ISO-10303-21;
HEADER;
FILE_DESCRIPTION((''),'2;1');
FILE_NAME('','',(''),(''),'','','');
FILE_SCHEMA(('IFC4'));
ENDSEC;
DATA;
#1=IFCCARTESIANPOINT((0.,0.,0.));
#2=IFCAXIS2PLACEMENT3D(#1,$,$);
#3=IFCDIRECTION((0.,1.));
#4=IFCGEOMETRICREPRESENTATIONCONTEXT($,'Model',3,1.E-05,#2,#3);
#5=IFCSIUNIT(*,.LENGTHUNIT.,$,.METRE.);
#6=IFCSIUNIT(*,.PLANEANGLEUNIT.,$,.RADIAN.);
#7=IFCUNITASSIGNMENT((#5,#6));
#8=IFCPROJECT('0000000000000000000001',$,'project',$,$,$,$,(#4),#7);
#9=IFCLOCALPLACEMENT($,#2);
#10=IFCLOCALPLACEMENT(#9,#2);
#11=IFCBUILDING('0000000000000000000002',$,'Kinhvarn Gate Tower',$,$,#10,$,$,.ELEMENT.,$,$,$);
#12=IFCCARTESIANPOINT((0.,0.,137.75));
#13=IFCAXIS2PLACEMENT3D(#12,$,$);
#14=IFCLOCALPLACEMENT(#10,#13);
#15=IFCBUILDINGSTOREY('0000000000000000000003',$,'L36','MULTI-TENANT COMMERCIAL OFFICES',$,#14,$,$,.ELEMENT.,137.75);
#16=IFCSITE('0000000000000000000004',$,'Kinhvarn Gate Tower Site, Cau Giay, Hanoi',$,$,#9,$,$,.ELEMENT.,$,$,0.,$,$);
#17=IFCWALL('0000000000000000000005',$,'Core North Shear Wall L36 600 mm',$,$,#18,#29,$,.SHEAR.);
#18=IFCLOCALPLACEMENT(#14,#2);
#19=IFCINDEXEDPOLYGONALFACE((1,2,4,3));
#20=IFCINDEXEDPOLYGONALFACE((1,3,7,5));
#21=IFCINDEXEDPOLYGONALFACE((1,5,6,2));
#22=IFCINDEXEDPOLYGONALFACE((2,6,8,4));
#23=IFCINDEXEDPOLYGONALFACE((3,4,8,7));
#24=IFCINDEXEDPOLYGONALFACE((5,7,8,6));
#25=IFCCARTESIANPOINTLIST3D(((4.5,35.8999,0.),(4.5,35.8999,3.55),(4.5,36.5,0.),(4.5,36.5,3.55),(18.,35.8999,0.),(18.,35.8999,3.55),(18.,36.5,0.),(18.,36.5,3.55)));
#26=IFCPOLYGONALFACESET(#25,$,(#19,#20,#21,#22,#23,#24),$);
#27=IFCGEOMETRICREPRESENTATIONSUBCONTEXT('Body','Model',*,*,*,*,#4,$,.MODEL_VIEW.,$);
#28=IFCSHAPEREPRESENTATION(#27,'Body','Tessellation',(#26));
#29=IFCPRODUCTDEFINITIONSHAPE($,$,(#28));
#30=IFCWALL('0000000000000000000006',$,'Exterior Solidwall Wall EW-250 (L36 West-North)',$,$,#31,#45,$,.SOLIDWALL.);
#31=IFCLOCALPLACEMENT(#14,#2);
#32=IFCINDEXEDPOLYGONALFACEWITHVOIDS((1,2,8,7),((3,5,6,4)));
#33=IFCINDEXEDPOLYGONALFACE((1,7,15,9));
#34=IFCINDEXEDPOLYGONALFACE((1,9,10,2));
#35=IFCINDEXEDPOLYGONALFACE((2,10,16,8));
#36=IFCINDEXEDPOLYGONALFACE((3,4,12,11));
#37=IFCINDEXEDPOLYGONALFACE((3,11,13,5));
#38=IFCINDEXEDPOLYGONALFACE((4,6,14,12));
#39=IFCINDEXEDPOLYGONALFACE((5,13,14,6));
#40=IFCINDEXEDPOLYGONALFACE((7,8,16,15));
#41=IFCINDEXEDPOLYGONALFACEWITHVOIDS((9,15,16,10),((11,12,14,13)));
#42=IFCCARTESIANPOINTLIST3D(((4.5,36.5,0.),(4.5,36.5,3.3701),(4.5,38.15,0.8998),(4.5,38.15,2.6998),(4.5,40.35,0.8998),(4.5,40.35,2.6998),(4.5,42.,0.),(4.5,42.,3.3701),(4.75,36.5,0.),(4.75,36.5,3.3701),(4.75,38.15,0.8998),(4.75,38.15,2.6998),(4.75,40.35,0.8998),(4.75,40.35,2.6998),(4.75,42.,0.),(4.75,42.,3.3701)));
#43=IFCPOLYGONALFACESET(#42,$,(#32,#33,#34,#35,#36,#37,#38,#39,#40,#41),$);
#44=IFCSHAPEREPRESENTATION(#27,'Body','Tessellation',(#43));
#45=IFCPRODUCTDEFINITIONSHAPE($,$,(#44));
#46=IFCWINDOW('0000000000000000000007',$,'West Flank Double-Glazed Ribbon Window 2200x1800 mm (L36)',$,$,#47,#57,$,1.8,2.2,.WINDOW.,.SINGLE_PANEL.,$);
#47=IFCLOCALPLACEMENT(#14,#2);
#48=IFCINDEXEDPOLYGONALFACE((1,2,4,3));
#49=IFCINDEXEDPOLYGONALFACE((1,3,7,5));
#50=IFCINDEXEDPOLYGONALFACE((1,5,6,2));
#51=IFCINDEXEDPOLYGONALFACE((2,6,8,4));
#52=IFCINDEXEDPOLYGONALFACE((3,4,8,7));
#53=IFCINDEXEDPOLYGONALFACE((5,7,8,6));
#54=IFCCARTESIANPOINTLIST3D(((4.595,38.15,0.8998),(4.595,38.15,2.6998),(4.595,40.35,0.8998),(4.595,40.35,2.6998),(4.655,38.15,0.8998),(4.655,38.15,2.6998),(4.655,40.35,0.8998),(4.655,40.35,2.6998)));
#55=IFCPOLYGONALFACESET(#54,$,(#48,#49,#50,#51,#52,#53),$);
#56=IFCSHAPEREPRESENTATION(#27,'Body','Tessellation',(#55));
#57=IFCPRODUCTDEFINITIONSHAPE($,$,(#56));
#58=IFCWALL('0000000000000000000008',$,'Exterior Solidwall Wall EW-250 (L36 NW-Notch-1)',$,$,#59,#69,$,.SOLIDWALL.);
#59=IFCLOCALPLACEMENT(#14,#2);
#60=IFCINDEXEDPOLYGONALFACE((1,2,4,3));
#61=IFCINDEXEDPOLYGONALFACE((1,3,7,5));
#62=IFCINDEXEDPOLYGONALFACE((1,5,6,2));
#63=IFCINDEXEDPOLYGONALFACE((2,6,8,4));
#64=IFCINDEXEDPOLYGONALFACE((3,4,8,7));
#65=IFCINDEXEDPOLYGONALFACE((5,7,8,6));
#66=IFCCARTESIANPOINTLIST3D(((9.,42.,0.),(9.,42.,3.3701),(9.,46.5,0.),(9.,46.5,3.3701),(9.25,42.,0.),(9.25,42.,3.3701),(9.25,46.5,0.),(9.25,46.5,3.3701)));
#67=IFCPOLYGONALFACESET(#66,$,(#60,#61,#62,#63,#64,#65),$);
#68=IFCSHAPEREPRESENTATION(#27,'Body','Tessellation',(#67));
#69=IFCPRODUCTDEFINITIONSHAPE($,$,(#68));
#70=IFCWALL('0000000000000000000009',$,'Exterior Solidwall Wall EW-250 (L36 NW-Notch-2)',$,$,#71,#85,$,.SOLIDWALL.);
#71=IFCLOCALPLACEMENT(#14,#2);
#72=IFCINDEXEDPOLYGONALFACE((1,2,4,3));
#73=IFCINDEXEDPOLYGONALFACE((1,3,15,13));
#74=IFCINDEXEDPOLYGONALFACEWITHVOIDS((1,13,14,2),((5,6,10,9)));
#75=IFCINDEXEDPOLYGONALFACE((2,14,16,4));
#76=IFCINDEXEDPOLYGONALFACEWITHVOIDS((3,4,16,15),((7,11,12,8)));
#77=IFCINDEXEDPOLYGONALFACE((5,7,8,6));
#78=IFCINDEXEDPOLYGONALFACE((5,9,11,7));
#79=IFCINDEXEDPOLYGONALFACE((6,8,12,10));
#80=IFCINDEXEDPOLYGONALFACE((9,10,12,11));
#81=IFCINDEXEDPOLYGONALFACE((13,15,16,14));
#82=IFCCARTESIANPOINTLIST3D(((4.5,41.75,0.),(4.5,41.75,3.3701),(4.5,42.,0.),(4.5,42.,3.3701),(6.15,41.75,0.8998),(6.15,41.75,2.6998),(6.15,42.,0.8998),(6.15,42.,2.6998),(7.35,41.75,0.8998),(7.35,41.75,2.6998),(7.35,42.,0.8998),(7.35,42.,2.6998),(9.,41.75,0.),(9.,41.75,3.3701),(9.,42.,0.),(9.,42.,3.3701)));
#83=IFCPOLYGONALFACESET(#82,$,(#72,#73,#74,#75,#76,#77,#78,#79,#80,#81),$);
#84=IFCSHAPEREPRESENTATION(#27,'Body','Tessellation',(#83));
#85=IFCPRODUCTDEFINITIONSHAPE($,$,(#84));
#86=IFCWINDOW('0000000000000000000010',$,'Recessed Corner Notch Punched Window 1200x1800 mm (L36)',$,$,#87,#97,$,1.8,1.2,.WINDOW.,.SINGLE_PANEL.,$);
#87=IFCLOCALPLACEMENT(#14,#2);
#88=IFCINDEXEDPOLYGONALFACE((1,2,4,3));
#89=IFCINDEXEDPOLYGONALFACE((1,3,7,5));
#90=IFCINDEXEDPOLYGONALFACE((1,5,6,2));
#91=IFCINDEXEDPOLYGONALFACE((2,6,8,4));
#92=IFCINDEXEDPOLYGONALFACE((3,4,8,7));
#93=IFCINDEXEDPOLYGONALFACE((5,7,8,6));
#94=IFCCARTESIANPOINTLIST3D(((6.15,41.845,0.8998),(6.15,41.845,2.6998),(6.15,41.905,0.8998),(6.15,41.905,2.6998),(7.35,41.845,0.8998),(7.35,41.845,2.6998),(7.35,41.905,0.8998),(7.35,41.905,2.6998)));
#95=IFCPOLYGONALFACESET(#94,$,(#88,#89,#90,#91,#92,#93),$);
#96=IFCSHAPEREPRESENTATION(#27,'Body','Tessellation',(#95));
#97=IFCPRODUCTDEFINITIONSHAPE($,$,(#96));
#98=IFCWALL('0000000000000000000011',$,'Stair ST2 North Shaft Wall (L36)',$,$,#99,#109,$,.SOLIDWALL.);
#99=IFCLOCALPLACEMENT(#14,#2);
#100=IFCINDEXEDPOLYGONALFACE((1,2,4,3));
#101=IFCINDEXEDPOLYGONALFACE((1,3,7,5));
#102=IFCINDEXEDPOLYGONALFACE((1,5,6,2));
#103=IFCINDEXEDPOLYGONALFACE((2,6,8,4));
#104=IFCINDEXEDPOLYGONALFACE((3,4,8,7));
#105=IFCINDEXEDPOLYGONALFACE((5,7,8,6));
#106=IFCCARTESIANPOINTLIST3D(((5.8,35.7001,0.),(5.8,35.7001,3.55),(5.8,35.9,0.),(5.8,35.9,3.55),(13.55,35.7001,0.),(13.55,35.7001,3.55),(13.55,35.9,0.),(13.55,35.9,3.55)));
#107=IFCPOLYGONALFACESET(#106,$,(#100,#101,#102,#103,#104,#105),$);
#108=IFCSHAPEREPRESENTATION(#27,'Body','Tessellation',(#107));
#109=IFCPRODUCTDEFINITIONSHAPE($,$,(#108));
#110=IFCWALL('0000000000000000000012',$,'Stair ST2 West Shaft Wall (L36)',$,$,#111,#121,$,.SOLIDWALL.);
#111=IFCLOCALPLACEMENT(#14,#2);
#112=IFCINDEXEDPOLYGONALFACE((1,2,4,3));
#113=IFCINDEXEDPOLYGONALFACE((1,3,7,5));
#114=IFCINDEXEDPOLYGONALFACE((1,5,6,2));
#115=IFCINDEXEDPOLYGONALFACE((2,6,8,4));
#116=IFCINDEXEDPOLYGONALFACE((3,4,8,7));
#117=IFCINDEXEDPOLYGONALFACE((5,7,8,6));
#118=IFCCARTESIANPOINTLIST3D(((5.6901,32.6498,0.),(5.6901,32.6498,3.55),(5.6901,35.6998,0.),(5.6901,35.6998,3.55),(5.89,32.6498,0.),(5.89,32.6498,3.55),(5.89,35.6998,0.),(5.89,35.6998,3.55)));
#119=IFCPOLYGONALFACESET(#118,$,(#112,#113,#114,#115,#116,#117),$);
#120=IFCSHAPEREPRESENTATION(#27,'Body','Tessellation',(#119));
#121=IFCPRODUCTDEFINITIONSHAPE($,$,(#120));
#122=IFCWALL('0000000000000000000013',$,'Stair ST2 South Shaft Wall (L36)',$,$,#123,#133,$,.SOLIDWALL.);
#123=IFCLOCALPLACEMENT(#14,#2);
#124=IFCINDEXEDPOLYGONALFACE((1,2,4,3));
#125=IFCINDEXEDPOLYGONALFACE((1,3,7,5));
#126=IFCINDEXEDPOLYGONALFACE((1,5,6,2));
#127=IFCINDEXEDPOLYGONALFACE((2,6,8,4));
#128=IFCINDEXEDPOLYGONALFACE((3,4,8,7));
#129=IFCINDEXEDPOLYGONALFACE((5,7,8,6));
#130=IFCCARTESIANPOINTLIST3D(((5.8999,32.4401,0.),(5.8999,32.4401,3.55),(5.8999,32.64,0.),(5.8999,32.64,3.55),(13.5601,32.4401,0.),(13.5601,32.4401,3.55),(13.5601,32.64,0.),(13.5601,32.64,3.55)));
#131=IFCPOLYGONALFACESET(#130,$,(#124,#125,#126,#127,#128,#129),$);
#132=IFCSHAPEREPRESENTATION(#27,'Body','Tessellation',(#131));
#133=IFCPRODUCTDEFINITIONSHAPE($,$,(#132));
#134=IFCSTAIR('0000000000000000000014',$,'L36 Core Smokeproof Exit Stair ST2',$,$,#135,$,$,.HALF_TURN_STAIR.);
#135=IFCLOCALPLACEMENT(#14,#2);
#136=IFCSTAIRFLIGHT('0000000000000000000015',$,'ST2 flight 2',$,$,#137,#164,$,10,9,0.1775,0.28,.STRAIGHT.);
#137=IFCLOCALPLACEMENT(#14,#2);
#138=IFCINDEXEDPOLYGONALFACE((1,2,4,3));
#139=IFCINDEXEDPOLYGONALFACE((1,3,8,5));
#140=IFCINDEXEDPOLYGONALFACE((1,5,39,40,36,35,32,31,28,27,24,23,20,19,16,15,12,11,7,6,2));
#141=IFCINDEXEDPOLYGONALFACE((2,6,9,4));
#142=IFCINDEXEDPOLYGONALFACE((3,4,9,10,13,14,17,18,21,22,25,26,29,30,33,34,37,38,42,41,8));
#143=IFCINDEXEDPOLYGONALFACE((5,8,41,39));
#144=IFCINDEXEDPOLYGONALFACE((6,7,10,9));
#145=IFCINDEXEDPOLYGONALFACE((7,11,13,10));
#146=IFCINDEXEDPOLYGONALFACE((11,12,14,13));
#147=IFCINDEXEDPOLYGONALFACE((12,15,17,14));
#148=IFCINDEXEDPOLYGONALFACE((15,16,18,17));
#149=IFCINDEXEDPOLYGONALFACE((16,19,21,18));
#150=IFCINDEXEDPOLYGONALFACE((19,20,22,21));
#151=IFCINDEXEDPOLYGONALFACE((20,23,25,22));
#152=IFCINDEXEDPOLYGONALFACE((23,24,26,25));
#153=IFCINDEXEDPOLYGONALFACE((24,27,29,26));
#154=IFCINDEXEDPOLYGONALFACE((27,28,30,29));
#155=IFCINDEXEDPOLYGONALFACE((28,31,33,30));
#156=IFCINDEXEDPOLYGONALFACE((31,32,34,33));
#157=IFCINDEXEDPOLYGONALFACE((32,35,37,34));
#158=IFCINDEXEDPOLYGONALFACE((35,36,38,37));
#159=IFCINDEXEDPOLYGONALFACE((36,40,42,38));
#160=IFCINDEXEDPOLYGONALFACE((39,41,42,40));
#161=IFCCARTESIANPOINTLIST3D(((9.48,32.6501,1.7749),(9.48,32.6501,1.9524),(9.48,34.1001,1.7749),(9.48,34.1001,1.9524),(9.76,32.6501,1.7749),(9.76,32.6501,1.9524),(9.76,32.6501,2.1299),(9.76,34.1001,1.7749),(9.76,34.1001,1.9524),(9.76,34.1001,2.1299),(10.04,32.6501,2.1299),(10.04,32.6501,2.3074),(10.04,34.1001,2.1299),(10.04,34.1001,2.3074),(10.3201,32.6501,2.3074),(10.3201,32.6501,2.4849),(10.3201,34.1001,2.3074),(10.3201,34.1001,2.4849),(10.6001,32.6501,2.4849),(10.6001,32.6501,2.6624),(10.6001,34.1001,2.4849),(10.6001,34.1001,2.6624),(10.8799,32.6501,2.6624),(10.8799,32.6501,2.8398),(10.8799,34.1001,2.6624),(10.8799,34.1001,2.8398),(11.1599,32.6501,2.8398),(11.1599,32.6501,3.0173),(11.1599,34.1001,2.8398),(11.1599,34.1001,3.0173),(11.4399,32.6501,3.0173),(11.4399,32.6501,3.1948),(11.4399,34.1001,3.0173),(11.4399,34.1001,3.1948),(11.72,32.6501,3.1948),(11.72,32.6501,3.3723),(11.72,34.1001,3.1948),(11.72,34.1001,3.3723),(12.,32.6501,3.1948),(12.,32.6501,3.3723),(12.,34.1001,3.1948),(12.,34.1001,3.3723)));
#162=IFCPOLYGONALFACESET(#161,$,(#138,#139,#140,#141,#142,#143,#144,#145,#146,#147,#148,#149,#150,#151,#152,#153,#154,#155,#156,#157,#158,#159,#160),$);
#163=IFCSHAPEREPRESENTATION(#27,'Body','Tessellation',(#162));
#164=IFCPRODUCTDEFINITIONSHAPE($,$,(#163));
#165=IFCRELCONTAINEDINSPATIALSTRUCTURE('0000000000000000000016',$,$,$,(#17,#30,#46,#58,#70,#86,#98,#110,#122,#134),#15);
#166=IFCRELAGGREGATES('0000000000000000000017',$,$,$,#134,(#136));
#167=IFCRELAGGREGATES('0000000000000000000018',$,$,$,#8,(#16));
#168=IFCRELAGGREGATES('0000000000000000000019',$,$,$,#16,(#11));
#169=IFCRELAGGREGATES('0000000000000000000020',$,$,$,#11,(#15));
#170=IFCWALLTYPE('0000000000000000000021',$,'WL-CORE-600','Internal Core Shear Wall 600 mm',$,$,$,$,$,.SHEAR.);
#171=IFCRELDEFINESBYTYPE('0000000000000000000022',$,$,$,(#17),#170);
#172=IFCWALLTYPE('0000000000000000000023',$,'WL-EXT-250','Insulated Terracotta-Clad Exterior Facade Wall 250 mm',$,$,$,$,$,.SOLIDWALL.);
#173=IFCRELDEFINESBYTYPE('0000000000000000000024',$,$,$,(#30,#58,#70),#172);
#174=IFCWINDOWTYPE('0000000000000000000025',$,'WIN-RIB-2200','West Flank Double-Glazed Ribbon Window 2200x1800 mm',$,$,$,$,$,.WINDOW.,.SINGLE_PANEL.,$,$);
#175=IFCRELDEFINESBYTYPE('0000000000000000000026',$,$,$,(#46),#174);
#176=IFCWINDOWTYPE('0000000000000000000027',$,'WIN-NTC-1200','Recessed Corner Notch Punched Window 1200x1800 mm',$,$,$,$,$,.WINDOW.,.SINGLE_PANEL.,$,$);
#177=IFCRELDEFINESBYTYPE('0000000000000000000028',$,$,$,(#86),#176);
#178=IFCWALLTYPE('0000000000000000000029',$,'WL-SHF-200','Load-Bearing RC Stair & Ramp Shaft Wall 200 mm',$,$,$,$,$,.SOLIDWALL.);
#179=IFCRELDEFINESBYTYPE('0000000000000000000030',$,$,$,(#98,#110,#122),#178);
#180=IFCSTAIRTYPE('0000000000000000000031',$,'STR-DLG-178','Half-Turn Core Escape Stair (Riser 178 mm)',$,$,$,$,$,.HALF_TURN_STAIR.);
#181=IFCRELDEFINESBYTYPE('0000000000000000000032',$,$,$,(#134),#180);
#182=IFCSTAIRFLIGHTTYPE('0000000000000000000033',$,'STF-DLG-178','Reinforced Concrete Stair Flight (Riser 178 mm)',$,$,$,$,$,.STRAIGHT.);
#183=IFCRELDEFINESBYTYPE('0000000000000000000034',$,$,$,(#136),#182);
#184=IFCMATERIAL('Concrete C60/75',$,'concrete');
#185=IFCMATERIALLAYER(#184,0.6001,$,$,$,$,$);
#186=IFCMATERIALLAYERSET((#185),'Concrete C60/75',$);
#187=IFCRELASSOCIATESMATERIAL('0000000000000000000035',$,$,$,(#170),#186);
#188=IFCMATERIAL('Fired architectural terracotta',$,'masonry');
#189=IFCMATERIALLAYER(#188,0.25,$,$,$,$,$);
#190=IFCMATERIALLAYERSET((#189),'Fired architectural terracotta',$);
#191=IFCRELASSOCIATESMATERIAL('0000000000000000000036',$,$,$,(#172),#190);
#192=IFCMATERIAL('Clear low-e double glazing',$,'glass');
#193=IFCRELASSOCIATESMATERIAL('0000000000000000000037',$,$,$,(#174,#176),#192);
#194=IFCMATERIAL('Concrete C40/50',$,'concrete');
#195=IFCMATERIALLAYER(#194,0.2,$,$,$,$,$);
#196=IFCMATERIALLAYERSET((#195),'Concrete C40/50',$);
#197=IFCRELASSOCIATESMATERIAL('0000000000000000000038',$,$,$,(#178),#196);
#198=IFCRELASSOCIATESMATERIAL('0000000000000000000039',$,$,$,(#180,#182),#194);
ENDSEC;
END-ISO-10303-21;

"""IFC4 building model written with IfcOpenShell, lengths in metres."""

from ifc_helpers import new_model, si_unit, direction, frame, frame_2d, origin, place, context, subcontext, project, spatial, polyline, rectangle, outline, extrude, material, layer, layer_set, type_object, element, fill, aggregate, save


model = new_model("IFC4")

# Units and contexts
model_context = context("Model", 3, precision=1e-05, world=origin(), true_north=direction((0.0, 1.0)))
body_context = subcontext(model_context, "Body", "Model", "MODEL_VIEW")
ifc_project = project(units=[si_unit("LENGTHUNIT", "METRE"), si_unit("PLANEANGLEUNIT", "RADIAN")], contexts=[model_context])

# Site, building, storey
site_placement = place(None, origin())
site = spatial("IfcSite", under=ifc_project, at=site_placement, Name="Kinhvarn Gate Tower Site, Cau Giay, Hanoi", CompositionType="ELEMENT", RefElevation=0.0)
building_placement = place(site_placement, origin())
building = spatial("IfcBuilding", under=site, at=building_placement, Name="Kinhvarn Gate Tower", CompositionType="ELEMENT")
storey_placement = place(building_placement, frame((0.0, 0.0, 137.75)))
storey = spatial("IfcBuildingStorey", under=building, at=storey_placement, Name="L36", Description="MULTI-TENANT COMMERCIAL OFFICES", CompositionType="ELEMENT", Elevation=137.75)

# Shared definitions
ifc_material_1 = material(Name="Concrete C60/75", Category="concrete")

# Shared definitions
ifc_material_2 = material(Name="Clear low-e double glazing", Category="glass")

# Wall
ifc_layer_1 = layer(ifc_material_1, 0.6001)
ifc_layer_set_1 = layer_set([ifc_layer_1], Name="Concrete C60/75")
wall_type_1 = type_object("IfcWallType", Name="WL-CORE-600", Description="Internal Core Shear Wall 600 mm", PredefinedType="SHEAR", material=ifc_layer_set_1)
wall_1_placement = place(storey_placement, frame((4.5, 36.2, 0.0), z_axis=(0.0, 0.0, 1.0), x_axis=(1.0, 0.0, 0.0)))
element("IfcWall", 1, at=wall_1_placement, inside=storey, type_object=wall_type_1, Name="Core North Shear Wall L36 600 mm", PredefinedType="SHEAR", context=body_context, shape_type="SweptSolid", body=[
    extrude(rectangle(XDim=13.5, YDim=0.6001, at=frame_2d((6.75, 0.0))), origin(), (0.0, 0.0, 1.0), 3.55),
])

# Wall, opening, window
ifc_material_3 = material(Name="Fired architectural terracotta", Category="masonry")
ifc_layer_2 = layer(ifc_material_3, 0.25)
ifc_layer_set_2 = layer_set([ifc_layer_2], Name="Fired architectural terracotta")
wall_type_2 = type_object("IfcWallType", Name="WL-EXT-250", Description="Insulated Terracotta-Clad Exterior Facade Wall 250 mm", PredefinedType="SOLIDWALL", material=ifc_layer_set_2)
wall_2_placement = place(storey_placement, frame((4.625, 42.0, 0.0), z_axis=(0.0, 0.0, 1.0), x_axis=(0.0, -1.0, 0.0)))
wall_2 = element("IfcWall", 2, at=wall_2_placement, inside=storey, type_object=wall_type_2, Name="Exterior Solidwall Wall EW-250 (L36 West-North)", PredefinedType="SOLIDWALL", context=body_context, shape_type="SweptSolid", body=[
    extrude(rectangle(XDim=5.5, YDim=0.25, at=frame_2d((2.75, 0.0))), origin(), (0.0, 0.0, 1.0), 3.3701),
])
opening_1_placement = place(wall_2_placement, frame((1.6499, 0.0, 0.8999)))
opening_1 = element("IfcOpeningElement", 3, at=opening_1_placement, cuts=wall_2, PredefinedType="OPENING", context=body_context, shape_type="SweptSolid", body=[
    extrude(rectangle(XDim=2.2, YDim=1.8, at=frame_2d((1.1001, 0.8999))), frame((0.0, 0.135, 0.0), z_axis=(0.0, -1.0, 0.0), x_axis=(1.0, 0.0, 0.0)), (0.0, 0.0, 1.0), 0.27),
])
window_type_1 = type_object("IfcWindowType", Name="WIN-RIB-2200", Description="West Flank Double-Glazed Ribbon Window 2200x1800 mm", PartitioningType="SINGLE_PANEL", PredefinedType="WINDOW", material=ifc_material_2)
window_1_placement = place(opening_1_placement, origin())
window_1 = element("IfcWindow", 4, at=window_1_placement, inside=storey, type_object=window_type_1, Name="West Flank Double-Glazed Ribbon Window 2200x1800 mm (L36)", OverallHeight=1.8, OverallWidth=2.2, PartitioningType="SINGLE_PANEL", PredefinedType="WINDOW", context=body_context, shape_type="SweptSolid", body=[
    extrude(rectangle(XDim=2.2, YDim=1.8, at=frame_2d((1.1001, 0.8999))), frame((0.0, 0.03, 0.0), z_axis=(0.0, -1.0, 0.0), x_axis=(1.0, 0.0, 0.0)), (0.0, 0.0, 1.0), 0.0601),
])
fill(opening_1, window_1)

# Wall
wall_3_placement = place(storey_placement, frame((9.125, 46.5, 0.0), z_axis=(0.0, 0.0, 1.0), x_axis=(0.0, -1.0, 0.0)))
element("IfcWall", 5, at=wall_3_placement, inside=storey, type_object=wall_type_2, Name="Exterior Solidwall Wall EW-250 (L36 NW-Notch-1)", PredefinedType="SOLIDWALL", context=body_context, shape_type="SweptSolid", body=[
    extrude(rectangle(XDim=4.5, YDim=0.25, at=frame_2d((2.25, 0.0))), origin(), (0.0, 0.0, 1.0), 3.3701),
])

# Wall, opening, window
wall_4_placement = place(storey_placement, frame((9.0, 41.875, 0.0), z_axis=(0.0, 0.0, 1.0), x_axis=(-1.0, 0.0, 0.0)))
wall_4 = element("IfcWall", 6, at=wall_4_placement, inside=storey, type_object=wall_type_2, Name="Exterior Solidwall Wall EW-250 (L36 NW-Notch-2)", PredefinedType="SOLIDWALL", context=body_context, shape_type="SweptSolid", body=[
    extrude(rectangle(XDim=4.5, YDim=0.25, at=frame_2d((2.25, 0.0))), origin(), (0.0, 0.0, 1.0), 3.3701),
])
opening_2_placement = place(wall_4_placement, frame((1.6499, 0.0, 0.8999)))
opening_2 = element("IfcOpeningElement", 7, at=opening_2_placement, cuts=wall_4, PredefinedType="OPENING", context=body_context, shape_type="SweptSolid", body=[
    extrude(rectangle(XDim=1.2, YDim=1.8, at=frame_2d((0.6001, 0.8999))), frame((0.0, 0.135, 0.0), z_axis=(0.0, -1.0, 0.0), x_axis=(1.0, 0.0, 0.0)), (0.0, 0.0, 1.0), 0.27),
])
window_type_2 = type_object("IfcWindowType", Name="WIN-NTC-1200", Description="Recessed Corner Notch Punched Window 1200x1800 mm", PartitioningType="SINGLE_PANEL", PredefinedType="WINDOW", material=ifc_material_2)
window_2_placement = place(opening_2_placement, origin())
window_2 = element("IfcWindow", 8, at=window_2_placement, inside=storey, type_object=window_type_2, Name="Recessed Corner Notch Punched Window 1200x1800 mm (L36)", OverallHeight=1.8, OverallWidth=1.2, PartitioningType="SINGLE_PANEL", PredefinedType="WINDOW", context=body_context, shape_type="SweptSolid", body=[
    extrude(rectangle(XDim=1.2, YDim=1.8, at=frame_2d((0.6001, 0.8999))), frame((0.0, 0.03, 0.0), z_axis=(0.0, -1.0, 0.0), x_axis=(1.0, 0.0, 0.0)), (0.0, 0.0, 1.0), 0.0601),
])
fill(opening_2, window_2)

# Walls
ifc_material_4 = material(Name="Concrete C40/50", Category="concrete")
ifc_layer_3 = layer(ifc_material_4, 0.2)
ifc_layer_set_3 = layer_set([ifc_layer_3], Name="Concrete C40/50")
wall_type_3 = type_object("IfcWallType", Name="WL-SHF-200", Description="Load-Bearing RC Stair & Ramp Shaft Wall 200 mm", PredefinedType="SOLIDWALL", material=ifc_layer_set_3)
wall_5_placement = place(storey_placement, frame((5.8, 35.8, 0.0), z_axis=(0.0, 0.0, 1.0), x_axis=(1.0, 0.0, 0.0)))
element("IfcWall", 9, at=wall_5_placement, inside=storey, type_object=wall_type_3, Name="Stair ST2 North Shaft Wall (L36)", PredefinedType="SOLIDWALL", context=body_context, shape_type="SweptSolid", body=[
    extrude(rectangle(XDim=7.75, YDim=0.2, at=frame_2d((3.875, 0.0))), origin(), (0.0, 0.0, 1.0), 3.55),
])
wall_6_placement = place(storey_placement, frame((5.79, 32.6499, 0.0), z_axis=(0.0, 0.0, 1.0), x_axis=(0.0, 1.0, 0.0)))
element("IfcWall", 10, at=wall_6_placement, inside=storey, type_object=wall_type_3, Name="Stair ST2 West Shaft Wall (L36)", PredefinedType="SOLIDWALL", context=body_context, shape_type="SweptSolid", body=[
    extrude(rectangle(XDim=3.05, YDim=0.2, at=frame_2d((1.5249, 0.0))), origin(), (0.0, 0.0, 1.0), 3.55),
])
wall_7_placement = place(storey_placement, frame((5.8999, 32.54, 0.0), z_axis=(0.0, 0.0, 1.0), x_axis=(1.0, 0.0, 0.0)))
element("IfcWall", 11, at=wall_7_placement, inside=storey, type_object=wall_type_3, Name="Stair ST2 South Shaft Wall (L36)", PredefinedType="SOLIDWALL", context=body_context, shape_type="SweptSolid", body=[
    extrude(rectangle(XDim=7.6602, YDim=0.2, at=frame_2d((3.8301, 0.0))), origin(), (0.0, 0.0, 1.0), 3.55),
])

# Stair, stair flight
stair_type = type_object("IfcStairType", Name="STR-DLG-178", Description="Half-Turn Core Escape Stair (Riser 178 mm)", PredefinedType="HALF_TURN_STAIR", material=ifc_material_4)
stair_placement = place(storey_placement, origin())
stair = element("IfcStair", 12, at=stair_placement, inside=storey, type_object=stair_type, Name="L36 Core Smokeproof Exit Stair ST2", PredefinedType="HALF_TURN_STAIR")
stair_flight_type = type_object("IfcStairFlightType", Name="STF-DLG-178", Description="Reinforced Concrete Stair Flight (Riser 178 mm)", PredefinedType="STRAIGHT", material=ifc_material_4)
stair_flight_placement = place(storey_placement, frame((9.48, 33.375, 1.7749), z_axis=(0.0, 0.0, 1.0), x_axis=(1.0, 0.0, 0.0)))
stair_flight = element("IfcStairFlight", 13, at=stair_flight_placement, type_object=stair_flight_type, Name="ST2 flight 2", NumberOfRisers=10, NumberOfTreads=9, PredefinedType="STRAIGHT", RiserHeight=0.1775, TreadLength=0.28, context=body_context, shape_type="SweptSolid", body=[
    extrude(outline(polyline([(0.0, 0.0), (0.0, 0.1775), (0.28, 0.1775), (0.28, 0.355), (0.5601, 0.355), (0.5601, 0.5325), (0.8401, 0.5325), (0.8401, 0.71), (1.1201, 0.71), (1.1201, 0.8875), (1.3999, 0.8875), (1.3999, 1.0649), (1.6799, 1.0649), (1.6799, 1.2424), (1.96, 1.2424), (1.96, 1.4199), (2.24, 1.4199), (2.24, 1.5974), (2.52, 1.5974), (2.52, 1.7749), (2.52, 1.4199), (0.28, 0.0), (0.0, 0.0)])), frame((0.0, 0.7251, 0.0), z_axis=(0.0, -1.0, 0.0), x_axis=(1.0, 0.0, 0.0)), (0.0, 0.0, 1.0), 1.45),
])
aggregate(stair, [stair_flight])

save(model, "model.ifc")
